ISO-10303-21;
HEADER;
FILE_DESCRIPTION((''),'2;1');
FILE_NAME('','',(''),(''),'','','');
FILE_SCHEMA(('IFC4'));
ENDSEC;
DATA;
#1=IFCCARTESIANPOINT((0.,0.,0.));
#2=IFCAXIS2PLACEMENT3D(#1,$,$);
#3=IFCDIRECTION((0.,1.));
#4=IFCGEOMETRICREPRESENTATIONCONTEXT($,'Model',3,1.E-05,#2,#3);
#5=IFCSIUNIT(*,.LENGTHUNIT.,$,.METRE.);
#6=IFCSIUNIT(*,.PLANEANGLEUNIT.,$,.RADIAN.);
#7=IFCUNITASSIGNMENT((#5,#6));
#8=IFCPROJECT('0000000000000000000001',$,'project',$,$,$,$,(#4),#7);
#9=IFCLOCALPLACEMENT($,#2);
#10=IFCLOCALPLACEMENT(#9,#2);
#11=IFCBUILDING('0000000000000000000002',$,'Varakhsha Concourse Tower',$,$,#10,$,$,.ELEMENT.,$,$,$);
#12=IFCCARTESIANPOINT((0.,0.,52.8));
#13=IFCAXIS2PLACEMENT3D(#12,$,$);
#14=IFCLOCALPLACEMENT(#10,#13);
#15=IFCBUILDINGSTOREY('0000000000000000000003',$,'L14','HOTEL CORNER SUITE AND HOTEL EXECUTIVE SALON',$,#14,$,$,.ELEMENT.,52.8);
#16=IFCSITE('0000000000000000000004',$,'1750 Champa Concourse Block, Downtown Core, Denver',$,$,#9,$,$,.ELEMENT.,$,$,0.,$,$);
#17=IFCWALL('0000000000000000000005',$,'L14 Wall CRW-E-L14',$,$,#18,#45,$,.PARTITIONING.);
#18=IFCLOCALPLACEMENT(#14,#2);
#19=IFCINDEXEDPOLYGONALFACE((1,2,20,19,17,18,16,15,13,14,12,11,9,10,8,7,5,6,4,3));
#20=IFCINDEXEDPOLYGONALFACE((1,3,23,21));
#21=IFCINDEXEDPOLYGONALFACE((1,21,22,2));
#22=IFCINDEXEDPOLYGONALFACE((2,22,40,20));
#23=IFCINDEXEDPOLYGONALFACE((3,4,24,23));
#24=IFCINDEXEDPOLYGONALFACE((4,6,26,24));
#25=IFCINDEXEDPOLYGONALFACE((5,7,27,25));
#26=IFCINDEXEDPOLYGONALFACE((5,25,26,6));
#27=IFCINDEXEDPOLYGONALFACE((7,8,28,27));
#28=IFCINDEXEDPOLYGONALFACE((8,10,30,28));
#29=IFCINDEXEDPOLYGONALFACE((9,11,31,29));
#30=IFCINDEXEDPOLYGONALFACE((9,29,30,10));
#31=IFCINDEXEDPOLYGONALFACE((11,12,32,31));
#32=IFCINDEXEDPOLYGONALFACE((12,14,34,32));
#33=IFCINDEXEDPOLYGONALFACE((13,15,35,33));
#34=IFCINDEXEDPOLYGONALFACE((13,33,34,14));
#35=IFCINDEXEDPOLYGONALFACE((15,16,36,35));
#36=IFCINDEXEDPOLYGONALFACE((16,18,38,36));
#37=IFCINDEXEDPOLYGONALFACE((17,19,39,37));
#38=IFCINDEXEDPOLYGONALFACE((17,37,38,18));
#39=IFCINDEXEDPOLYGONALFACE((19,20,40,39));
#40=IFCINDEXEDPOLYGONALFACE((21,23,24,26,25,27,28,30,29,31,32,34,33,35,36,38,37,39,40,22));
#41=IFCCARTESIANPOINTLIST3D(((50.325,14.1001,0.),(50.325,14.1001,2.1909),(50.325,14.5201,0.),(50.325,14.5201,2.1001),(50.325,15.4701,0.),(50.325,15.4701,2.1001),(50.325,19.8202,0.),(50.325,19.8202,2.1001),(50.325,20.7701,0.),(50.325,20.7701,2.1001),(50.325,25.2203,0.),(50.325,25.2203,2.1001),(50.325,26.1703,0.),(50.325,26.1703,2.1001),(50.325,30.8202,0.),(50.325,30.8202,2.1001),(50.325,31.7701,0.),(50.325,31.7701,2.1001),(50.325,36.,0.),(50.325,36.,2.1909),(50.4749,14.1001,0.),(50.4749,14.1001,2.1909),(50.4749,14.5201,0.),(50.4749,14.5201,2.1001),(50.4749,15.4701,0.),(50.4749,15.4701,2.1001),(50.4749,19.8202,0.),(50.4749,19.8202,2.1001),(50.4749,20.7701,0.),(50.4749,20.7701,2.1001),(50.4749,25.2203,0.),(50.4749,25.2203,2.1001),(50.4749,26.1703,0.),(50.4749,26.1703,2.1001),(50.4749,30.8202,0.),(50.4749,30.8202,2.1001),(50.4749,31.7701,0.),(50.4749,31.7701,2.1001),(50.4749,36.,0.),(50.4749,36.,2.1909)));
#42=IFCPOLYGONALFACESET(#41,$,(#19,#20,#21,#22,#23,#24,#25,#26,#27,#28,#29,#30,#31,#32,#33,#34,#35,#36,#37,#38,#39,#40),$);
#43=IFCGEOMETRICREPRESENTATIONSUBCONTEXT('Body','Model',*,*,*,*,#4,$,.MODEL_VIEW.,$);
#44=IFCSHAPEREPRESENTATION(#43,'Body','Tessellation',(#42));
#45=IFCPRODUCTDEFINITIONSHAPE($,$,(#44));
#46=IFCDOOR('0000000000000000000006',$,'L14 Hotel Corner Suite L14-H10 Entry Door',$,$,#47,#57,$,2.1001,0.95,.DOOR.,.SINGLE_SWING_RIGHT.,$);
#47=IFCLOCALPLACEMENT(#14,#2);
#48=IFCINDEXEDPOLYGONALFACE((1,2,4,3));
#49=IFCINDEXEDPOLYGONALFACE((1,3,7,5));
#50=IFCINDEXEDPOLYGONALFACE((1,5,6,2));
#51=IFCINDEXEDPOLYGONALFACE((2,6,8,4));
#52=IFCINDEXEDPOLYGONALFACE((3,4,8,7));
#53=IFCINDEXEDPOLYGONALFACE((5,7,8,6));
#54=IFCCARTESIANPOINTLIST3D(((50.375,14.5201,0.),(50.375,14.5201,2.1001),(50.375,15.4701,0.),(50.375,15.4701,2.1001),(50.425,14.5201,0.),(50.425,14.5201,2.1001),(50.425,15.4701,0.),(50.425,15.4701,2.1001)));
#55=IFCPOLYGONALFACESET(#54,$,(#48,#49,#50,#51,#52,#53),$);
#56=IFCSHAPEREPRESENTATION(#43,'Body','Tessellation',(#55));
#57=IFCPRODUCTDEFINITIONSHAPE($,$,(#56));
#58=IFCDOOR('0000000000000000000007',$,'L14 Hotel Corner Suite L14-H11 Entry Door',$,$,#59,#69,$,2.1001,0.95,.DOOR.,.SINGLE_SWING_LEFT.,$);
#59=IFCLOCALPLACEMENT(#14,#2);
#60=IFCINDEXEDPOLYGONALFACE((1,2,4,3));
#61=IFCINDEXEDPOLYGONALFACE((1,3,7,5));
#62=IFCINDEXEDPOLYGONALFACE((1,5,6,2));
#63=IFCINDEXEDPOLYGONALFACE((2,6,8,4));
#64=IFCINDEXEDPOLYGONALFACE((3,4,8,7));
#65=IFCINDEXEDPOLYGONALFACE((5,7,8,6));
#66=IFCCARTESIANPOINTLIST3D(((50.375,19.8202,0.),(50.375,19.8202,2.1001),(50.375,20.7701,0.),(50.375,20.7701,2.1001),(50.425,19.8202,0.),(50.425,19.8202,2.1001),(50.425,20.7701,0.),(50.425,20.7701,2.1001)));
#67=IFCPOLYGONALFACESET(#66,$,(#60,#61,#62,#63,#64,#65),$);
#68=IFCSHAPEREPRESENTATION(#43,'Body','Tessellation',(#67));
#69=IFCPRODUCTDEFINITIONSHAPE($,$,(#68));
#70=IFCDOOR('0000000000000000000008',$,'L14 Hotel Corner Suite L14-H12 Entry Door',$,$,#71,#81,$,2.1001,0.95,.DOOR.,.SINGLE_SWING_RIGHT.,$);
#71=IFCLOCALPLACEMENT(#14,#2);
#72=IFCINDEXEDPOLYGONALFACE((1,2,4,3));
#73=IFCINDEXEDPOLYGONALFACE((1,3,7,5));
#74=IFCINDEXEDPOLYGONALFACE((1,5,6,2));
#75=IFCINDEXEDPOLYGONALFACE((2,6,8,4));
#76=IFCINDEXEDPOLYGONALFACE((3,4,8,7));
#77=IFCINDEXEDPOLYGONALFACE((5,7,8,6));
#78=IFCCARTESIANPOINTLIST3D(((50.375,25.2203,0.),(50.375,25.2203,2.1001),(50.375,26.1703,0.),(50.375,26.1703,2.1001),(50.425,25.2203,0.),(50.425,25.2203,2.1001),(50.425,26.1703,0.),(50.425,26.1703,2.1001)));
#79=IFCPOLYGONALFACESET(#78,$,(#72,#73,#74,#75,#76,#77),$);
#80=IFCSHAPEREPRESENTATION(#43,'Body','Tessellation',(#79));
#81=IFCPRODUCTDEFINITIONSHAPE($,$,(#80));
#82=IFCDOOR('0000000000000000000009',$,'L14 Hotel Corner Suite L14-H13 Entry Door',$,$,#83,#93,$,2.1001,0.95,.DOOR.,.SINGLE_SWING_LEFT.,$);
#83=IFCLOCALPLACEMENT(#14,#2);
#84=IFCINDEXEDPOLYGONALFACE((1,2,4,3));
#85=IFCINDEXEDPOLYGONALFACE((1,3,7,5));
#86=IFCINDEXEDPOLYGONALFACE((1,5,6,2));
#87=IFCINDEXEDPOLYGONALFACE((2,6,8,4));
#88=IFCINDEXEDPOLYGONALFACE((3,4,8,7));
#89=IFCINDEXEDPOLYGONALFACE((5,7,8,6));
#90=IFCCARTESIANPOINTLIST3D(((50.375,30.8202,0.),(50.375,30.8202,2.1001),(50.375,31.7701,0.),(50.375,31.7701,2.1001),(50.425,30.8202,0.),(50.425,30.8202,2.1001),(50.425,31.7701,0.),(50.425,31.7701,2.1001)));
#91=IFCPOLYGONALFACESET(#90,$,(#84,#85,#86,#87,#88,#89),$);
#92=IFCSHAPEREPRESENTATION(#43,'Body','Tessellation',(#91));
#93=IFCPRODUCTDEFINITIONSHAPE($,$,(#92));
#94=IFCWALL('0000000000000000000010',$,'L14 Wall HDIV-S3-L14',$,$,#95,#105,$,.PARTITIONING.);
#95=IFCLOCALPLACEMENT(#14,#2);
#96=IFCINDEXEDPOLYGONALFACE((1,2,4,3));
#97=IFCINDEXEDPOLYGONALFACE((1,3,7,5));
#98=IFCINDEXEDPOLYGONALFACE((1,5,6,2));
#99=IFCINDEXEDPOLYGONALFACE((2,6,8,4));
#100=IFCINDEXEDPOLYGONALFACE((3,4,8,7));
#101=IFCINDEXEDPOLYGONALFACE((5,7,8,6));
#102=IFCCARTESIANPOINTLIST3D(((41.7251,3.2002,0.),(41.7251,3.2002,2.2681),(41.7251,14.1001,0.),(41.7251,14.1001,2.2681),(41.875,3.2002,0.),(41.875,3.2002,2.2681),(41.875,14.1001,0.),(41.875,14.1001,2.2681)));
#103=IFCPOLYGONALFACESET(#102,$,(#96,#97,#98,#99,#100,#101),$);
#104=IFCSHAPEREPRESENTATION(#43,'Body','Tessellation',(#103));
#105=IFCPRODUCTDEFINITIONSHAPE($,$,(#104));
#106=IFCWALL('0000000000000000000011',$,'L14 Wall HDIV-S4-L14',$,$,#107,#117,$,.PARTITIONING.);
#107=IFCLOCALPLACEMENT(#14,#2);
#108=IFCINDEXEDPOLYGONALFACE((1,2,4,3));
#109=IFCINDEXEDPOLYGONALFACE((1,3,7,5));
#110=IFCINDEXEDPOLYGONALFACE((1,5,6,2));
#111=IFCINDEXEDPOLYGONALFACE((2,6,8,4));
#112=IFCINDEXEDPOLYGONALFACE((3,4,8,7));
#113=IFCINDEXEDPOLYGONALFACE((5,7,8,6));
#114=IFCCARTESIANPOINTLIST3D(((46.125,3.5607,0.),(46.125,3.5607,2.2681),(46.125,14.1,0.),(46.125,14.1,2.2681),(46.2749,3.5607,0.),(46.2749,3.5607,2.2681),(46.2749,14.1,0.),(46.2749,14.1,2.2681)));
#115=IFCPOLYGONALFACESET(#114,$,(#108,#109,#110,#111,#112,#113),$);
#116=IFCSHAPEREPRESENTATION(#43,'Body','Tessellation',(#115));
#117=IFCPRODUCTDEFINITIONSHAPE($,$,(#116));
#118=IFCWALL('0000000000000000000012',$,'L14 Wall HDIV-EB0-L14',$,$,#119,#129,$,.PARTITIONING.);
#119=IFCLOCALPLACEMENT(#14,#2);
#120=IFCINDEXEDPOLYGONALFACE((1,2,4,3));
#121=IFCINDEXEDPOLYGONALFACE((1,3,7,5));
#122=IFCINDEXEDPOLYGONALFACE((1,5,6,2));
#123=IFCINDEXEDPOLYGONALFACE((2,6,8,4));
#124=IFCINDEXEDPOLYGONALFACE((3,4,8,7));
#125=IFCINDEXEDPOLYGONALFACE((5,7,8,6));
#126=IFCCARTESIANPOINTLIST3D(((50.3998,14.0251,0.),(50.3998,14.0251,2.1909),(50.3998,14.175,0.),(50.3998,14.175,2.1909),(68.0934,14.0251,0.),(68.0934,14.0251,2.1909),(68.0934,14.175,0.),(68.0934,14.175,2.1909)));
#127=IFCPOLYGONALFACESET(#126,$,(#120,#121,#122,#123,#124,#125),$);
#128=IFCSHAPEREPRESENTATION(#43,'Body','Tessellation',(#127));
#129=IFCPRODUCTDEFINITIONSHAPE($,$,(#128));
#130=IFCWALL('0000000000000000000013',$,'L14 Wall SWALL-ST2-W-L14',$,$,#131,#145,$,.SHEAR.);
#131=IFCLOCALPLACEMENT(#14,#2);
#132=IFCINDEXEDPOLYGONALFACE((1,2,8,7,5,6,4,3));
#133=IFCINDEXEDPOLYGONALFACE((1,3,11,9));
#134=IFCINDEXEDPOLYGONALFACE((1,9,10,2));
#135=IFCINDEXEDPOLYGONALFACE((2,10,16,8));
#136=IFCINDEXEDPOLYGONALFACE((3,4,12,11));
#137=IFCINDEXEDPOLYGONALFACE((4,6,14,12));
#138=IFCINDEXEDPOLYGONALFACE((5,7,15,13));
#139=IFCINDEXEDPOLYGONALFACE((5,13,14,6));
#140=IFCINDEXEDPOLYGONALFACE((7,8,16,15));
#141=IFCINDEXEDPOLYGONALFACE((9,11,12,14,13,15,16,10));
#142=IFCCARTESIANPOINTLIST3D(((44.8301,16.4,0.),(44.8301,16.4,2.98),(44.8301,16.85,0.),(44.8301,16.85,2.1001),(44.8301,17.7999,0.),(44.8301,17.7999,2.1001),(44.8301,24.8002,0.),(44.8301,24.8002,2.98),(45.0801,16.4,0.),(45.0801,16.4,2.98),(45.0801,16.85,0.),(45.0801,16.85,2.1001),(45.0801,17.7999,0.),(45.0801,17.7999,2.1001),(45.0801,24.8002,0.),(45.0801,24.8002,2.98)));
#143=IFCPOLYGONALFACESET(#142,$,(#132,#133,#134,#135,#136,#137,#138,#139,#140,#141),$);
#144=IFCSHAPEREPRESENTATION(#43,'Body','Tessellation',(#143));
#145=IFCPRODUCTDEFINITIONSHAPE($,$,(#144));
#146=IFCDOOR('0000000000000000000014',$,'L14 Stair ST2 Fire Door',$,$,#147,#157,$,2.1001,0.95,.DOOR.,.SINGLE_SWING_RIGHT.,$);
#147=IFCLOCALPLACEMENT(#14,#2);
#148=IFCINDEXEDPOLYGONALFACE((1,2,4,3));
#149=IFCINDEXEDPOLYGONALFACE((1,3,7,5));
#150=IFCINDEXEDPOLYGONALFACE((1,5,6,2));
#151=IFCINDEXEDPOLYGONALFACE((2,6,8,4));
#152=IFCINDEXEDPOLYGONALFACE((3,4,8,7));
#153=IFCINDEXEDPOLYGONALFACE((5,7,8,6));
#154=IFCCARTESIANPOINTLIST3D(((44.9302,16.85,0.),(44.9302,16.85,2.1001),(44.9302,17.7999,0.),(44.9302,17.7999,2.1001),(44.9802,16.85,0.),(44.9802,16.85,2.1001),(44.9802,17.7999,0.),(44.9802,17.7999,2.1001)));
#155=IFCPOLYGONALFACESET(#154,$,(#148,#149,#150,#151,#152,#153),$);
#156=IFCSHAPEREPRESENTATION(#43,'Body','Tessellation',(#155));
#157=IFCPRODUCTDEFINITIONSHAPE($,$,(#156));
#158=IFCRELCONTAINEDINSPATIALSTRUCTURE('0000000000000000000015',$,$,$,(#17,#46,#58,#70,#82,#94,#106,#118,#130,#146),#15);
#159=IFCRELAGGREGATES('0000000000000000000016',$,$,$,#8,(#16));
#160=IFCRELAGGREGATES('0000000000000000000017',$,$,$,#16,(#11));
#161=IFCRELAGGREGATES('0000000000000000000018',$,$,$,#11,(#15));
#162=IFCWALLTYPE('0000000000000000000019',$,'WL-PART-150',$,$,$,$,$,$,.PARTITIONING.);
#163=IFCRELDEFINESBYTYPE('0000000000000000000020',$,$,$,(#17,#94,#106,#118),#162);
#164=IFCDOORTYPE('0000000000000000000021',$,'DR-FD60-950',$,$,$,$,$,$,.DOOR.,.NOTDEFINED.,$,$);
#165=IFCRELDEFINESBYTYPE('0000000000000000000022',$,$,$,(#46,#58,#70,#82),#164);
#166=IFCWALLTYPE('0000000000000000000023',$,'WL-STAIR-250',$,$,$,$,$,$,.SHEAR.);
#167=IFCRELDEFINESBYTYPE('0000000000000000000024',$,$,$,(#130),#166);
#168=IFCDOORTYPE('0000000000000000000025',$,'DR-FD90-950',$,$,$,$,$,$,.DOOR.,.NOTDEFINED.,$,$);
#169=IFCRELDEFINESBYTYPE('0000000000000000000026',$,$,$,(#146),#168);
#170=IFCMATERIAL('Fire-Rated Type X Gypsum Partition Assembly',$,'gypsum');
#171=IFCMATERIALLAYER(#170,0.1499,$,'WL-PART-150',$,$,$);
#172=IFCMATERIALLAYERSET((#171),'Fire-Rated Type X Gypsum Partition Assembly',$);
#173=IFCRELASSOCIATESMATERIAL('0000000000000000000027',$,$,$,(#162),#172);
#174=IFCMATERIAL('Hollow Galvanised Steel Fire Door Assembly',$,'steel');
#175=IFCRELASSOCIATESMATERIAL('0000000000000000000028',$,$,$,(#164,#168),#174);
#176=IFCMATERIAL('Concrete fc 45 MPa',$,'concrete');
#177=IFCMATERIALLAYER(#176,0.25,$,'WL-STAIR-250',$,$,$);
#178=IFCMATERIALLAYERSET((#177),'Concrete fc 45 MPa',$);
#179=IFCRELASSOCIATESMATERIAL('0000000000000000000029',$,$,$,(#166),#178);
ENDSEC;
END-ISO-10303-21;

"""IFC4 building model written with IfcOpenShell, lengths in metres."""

from ifc_helpers import new_model, si_unit, direction, frame, frame_2d, origin, place, context, subcontext, project, spatial, rectangle, extrude, material, layer, layer_set, type_object, element, fill, save


model = new_model("IFC4")

# Units and contexts
model_context = context("Model", 3, precision=1e-05, world=origin(), true_north=direction((0.0, 1.0)))
body_context = subcontext(model_context, "Body", "Model", "MODEL_VIEW")
ifc_project = project(units=[si_unit("LENGTHUNIT", "METRE"), si_unit("PLANEANGLEUNIT", "RADIAN")], contexts=[model_context])

# Site, building, storey
site_placement = place(None, origin())
site = spatial("IfcSite", under=ifc_project, at=site_placement, Name="1750 Champa Concourse Block, Downtown Core, Denver", CompositionType="ELEMENT", RefElevation=0.0)
building_placement = place(site_placement, origin())
building = spatial("IfcBuilding", under=site, at=building_placement, Name="Varakhsha Concourse Tower", CompositionType="ELEMENT")
storey_placement = place(building_placement, frame((0.0, 0.0, 52.8)))
storey = spatial("IfcBuildingStorey", under=building, at=storey_placement, Name="L14", Description="HOTEL CORNER SUITE AND HOTEL EXECUTIVE SALON", CompositionType="ELEMENT", Elevation=52.8)

# Shared definitions
ifc_material_1 = material(Name="Fire-Rated Type X Gypsum Partition Assembly", Category="gypsum")
ifc_material_2 = material(Name="Hollow Galvanised Steel Fire Door Assembly", Category="steel")

# Wall, openings, doors
ifc_layer_1 = layer(ifc_material_1, 0.1499, Name="WL-PART-150")
ifc_layer_set_1 = layer_set([ifc_layer_1], Name="Fire-Rated Type X Gypsum Partition Assembly")
wall_type_1 = type_object("IfcWallType", Name="WL-PART-150", PredefinedType="PARTITIONING", material=ifc_layer_set_1)
wall_1_placement = place(storey_placement, frame((50.3999, 14.1001, 0.0), z_axis=(0.0, 0.0, 1.0), x_axis=(0.0, 1.0, 0.0)))
wall_1 = element("IfcWall", 1, at=wall_1_placement, inside=storey, type_object=wall_type_1, Name="L14 Wall CRW-E-L14", PredefinedType="PARTITIONING", context=body_context, shape_type="SweptSolid", body=[
    extrude(rectangle(XDim=21.8999, YDim=0.1499, at=frame_2d((10.95, 0.0))), origin(), (0.0, 0.0, 1.0), 2.1909),
])
opening_1_placement = place(wall_1_placement, frame((0.4199, 0.0, 0.0)))
opening_1 = element("IfcOpeningElement", 2, at=opening_1_placement, cuts=wall_1, PredefinedType="OPENING", context=body_context, shape_type="SweptSolid", body=[
    extrude(rectangle(XDim=0.95, YDim=2.1001, at=frame_2d((0.4751, 1.05))), frame((0.0, 0.085, 0.0), z_axis=(0.0, -1.0, 0.0), x_axis=(1.0, 0.0, 0.0)), (0.0, 0.0, 1.0), 0.1699),
])
opening_2_placement = place(wall_1_placement, frame((5.72, 0.0, 0.0)))
opening_2 = element("IfcOpeningElement", 3, at=opening_2_placement, cuts=wall_1, PredefinedType="OPENING", context=body_context, shape_type="SweptSolid", body=[
    extrude(rectangle(XDim=0.95, YDim=2.1001, at=frame_2d((0.4751, 1.05))), frame((0.0, 0.085, 0.0), z_axis=(0.0, -1.0, 0.0), x_axis=(1.0, 0.0, 0.0)), (0.0, 0.0, 1.0), 0.1699),
])
opening_3_placement = place(wall_1_placement, frame((11.1201, 0.0, 0.0)))
opening_3 = element("IfcOpeningElement", 4, at=opening_3_placement, cuts=wall_1, PredefinedType="OPENING", context=body_context, shape_type="SweptSolid", body=[
    extrude(rectangle(XDim=0.95, YDim=2.1001, at=frame_2d((0.4751, 1.05))), frame((0.0, 0.085, 0.0), z_axis=(0.0, -1.0, 0.0), x_axis=(1.0, 0.0, 0.0)), (0.0, 0.0, 1.0), 0.1699),
])
opening_4_placement = place(wall_1_placement, frame((16.72, 0.0, 0.0)))
opening_4 = element("IfcOpeningElement", 5, at=opening_4_placement, cuts=wall_1, PredefinedType="OPENING", context=body_context, shape_type="SweptSolid", body=[
    extrude(rectangle(XDim=0.95, YDim=2.1001, at=frame_2d((0.4751, 1.05))), frame((0.0, 0.085, 0.0), z_axis=(0.0, -1.0, 0.0), x_axis=(1.0, 0.0, 0.0)), (0.0, 0.0, 1.0), 0.1699),
])
door_type_1 = type_object("IfcDoorType", Name="DR-FD60-950", OperationType="NOTDEFINED", PredefinedType="DOOR", material=ifc_material_2)
door_1_placement = place(opening_1_placement, origin())
door_1 = element("IfcDoor", 6, at=door_1_placement, inside=storey, type_object=door_type_1, Name="L14 Hotel Corner Suite L14-H10 Entry Door", OperationType="SINGLE_SWING_RIGHT", OverallHeight=2.1001, OverallWidth=0.95, PredefinedType="DOOR", context=body_context, shape_type="SweptSolid", body=[
    extrude(rectangle(XDim=0.95, YDim=2.1001, at=frame_2d((0.4751, 1.05))), frame((0.0, 0.0249, 0.0), z_axis=(0.0, -1.0, 0.0), x_axis=(1.0, 0.0, 0.0)), (0.0, 0.0, 1.0), 0.05),
])
fill(opening_1, door_1)
door_2_placement = place(opening_2_placement, origin())
door_2 = element("IfcDoor", 7, at=door_2_placement, inside=storey, type_object=door_type_1, Name="L14 Hotel Corner Suite L14-H11 Entry Door", OperationType="SINGLE_SWING_LEFT", OverallHeight=2.1001, OverallWidth=0.95, PredefinedType="DOOR", context=body_context, shape_type="SweptSolid", body=[
    extrude(rectangle(XDim=0.95, YDim=2.1001, at=frame_2d((0.4751, 1.05))), frame((0.0, 0.0249, 0.0), z_axis=(0.0, -1.0, 0.0), x_axis=(1.0, 0.0, 0.0)), (0.0, 0.0, 1.0), 0.05),
])
fill(opening_2, door_2)
door_3_placement = place(opening_3_placement, origin())
door_3 = element("IfcDoor", 8, at=door_3_placement, inside=storey, type_object=door_type_1, Name="L14 Hotel Corner Suite L14-H12 Entry Door", OperationType="SINGLE_SWING_RIGHT", OverallHeight=2.1001, OverallWidth=0.95, PredefinedType="DOOR", context=body_context, shape_type="SweptSolid", body=[
    extrude(rectangle(XDim=0.95, YDim=2.1001, at=frame_2d((0.4751, 1.05))), frame((0.0, 0.0249, 0.0), z_axis=(0.0, -1.0, 0.0), x_axis=(1.0, 0.0, 0.0)), (0.0, 0.0, 1.0), 0.05),
])
fill(opening_3, door_3)
door_4_placement = place(opening_4_placement, origin())
door_4 = element("IfcDoor", 9, at=door_4_placement, inside=storey, type_object=door_type_1, Name="L14 Hotel Corner Suite L14-H13 Entry Door", OperationType="SINGLE_SWING_LEFT", OverallHeight=2.1001, OverallWidth=0.95, PredefinedType="DOOR", context=body_context, shape_type="SweptSolid", body=[
    extrude(rectangle(XDim=0.95, YDim=2.1001, at=frame_2d((0.4751, 1.05))), frame((0.0, 0.0249, 0.0), z_axis=(0.0, -1.0, 0.0), x_axis=(1.0, 0.0, 0.0)), (0.0, 0.0, 1.0), 0.05),
])
fill(opening_4, door_4)

# Walls
wall_2_placement = place(storey_placement, frame((41.8, 3.2002, 0.0), z_axis=(0.0, 0.0, 1.0), x_axis=(0.0, 1.0, 0.0)))
element("IfcWall", 10, at=wall_2_placement, inside=storey, type_object=wall_type_1, Name="L14 Wall HDIV-S3-L14", PredefinedType="PARTITIONING", context=body_context, shape_type="SweptSolid", body=[
    extrude(rectangle(XDim=10.8999, YDim=0.1499, at=frame_2d((5.45, 0.0))), origin(), (0.0, 0.0, 1.0), 2.2681),
])
wall_3_placement = place(storey_placement, frame((46.2, 3.5608, 0.0), z_axis=(0.0, 0.0, 1.0), x_axis=(0.0, 1.0, 0.0)))
element("IfcWall", 11, at=wall_3_placement, inside=storey, type_object=wall_type_1, Name="L14 Wall HDIV-S4-L14", PredefinedType="PARTITIONING", context=body_context, shape_type="SweptSolid", body=[
    extrude(rectangle(XDim=10.5393, YDim=0.1499, at=frame_2d((5.2695, 0.0))), origin(), (0.0, 0.0, 1.0), 2.2681),
])
wall_4_placement = place(storey_placement, frame((50.3999, 14.1001, 0.0), z_axis=(0.0, 0.0, 1.0), x_axis=(1.0, 0.0, 0.0)))
element("IfcWall", 12, at=wall_4_placement, inside=storey, type_object=wall_type_1, Name="L14 Wall HDIV-EB0-L14", PredefinedType="PARTITIONING", context=body_context, shape_type="SweptSolid", body=[
    extrude(rectangle(XDim=17.6936, YDim=0.1499, at=frame_2d((8.8467, 0.0))), origin(), (0.0, 0.0, 1.0), 2.1909),
])

# Wall, opening, door
ifc_material_3 = material(Name="Concrete fc 45 MPa", Category="concrete")
ifc_layer_2 = layer(ifc_material_3, 0.25, Name="WL-STAIR-250")
ifc_layer_set_2 = layer_set([ifc_layer_2], Name="Concrete fc 45 MPa")
wall_type_2 = type_object("IfcWallType", Name="WL-STAIR-250", PredefinedType="SHEAR", material=ifc_layer_set_2)
wall_5_placement = place(storey_placement, frame((44.9551, 16.3999, 0.0), z_axis=(0.0, 0.0, 1.0), x_axis=(0.0, 1.0, 0.0)))
wall_5 = element("IfcWall", 13, at=wall_5_placement, inside=storey, type_object=wall_type_2, Name="L14 Wall SWALL-ST2-W-L14", PredefinedType="SHEAR", context=body_context, shape_type="SweptSolid", body=[
    extrude(rectangle(XDim=8.4001, YDim=0.25, at=frame_2d((4.2002, 0.0))), origin(), (0.0, 0.0, 1.0), 2.98),
])
opening_5_placement = place(wall_5_placement, frame((0.45, 0.0, 0.0)))
opening_5 = element("IfcOpeningElement", 14, at=opening_5_placement, cuts=wall_5, PredefinedType="OPENING", context=body_context, shape_type="SweptSolid", body=[
    extrude(rectangle(XDim=0.95, YDim=2.1001, at=frame_2d((0.4751, 1.05))), frame((0.0, 0.135, 0.0), z_axis=(0.0, -1.0, 0.0), x_axis=(1.0, 0.0, 0.0)), (0.0, 0.0, 1.0), 0.27),
])
door_type_2 = type_object("IfcDoorType", Name="DR-FD90-950", OperationType="NOTDEFINED", PredefinedType="DOOR", material=ifc_material_2)
door_5_placement = place(opening_5_placement, origin())
door_5 = element("IfcDoor", 15, at=door_5_placement, inside=storey, type_object=door_type_2, Name="L14 Stair ST2 Fire Door", OperationType="SINGLE_SWING_RIGHT", OverallHeight=2.1001, OverallWidth=0.95, PredefinedType="DOOR", context=body_context, shape_type="SweptSolid", body=[
    extrude(rectangle(XDim=0.95, YDim=2.1001, at=frame_2d((0.4751, 1.05))), frame((0.0, 0.0249, 0.0), z_axis=(0.0, -1.0, 0.0), x_axis=(1.0, 0.0, 0.0)), (0.0, 0.0, 1.0), 0.05),
])
fill(opening_5, door_5)

save(model, "model.ifc")
